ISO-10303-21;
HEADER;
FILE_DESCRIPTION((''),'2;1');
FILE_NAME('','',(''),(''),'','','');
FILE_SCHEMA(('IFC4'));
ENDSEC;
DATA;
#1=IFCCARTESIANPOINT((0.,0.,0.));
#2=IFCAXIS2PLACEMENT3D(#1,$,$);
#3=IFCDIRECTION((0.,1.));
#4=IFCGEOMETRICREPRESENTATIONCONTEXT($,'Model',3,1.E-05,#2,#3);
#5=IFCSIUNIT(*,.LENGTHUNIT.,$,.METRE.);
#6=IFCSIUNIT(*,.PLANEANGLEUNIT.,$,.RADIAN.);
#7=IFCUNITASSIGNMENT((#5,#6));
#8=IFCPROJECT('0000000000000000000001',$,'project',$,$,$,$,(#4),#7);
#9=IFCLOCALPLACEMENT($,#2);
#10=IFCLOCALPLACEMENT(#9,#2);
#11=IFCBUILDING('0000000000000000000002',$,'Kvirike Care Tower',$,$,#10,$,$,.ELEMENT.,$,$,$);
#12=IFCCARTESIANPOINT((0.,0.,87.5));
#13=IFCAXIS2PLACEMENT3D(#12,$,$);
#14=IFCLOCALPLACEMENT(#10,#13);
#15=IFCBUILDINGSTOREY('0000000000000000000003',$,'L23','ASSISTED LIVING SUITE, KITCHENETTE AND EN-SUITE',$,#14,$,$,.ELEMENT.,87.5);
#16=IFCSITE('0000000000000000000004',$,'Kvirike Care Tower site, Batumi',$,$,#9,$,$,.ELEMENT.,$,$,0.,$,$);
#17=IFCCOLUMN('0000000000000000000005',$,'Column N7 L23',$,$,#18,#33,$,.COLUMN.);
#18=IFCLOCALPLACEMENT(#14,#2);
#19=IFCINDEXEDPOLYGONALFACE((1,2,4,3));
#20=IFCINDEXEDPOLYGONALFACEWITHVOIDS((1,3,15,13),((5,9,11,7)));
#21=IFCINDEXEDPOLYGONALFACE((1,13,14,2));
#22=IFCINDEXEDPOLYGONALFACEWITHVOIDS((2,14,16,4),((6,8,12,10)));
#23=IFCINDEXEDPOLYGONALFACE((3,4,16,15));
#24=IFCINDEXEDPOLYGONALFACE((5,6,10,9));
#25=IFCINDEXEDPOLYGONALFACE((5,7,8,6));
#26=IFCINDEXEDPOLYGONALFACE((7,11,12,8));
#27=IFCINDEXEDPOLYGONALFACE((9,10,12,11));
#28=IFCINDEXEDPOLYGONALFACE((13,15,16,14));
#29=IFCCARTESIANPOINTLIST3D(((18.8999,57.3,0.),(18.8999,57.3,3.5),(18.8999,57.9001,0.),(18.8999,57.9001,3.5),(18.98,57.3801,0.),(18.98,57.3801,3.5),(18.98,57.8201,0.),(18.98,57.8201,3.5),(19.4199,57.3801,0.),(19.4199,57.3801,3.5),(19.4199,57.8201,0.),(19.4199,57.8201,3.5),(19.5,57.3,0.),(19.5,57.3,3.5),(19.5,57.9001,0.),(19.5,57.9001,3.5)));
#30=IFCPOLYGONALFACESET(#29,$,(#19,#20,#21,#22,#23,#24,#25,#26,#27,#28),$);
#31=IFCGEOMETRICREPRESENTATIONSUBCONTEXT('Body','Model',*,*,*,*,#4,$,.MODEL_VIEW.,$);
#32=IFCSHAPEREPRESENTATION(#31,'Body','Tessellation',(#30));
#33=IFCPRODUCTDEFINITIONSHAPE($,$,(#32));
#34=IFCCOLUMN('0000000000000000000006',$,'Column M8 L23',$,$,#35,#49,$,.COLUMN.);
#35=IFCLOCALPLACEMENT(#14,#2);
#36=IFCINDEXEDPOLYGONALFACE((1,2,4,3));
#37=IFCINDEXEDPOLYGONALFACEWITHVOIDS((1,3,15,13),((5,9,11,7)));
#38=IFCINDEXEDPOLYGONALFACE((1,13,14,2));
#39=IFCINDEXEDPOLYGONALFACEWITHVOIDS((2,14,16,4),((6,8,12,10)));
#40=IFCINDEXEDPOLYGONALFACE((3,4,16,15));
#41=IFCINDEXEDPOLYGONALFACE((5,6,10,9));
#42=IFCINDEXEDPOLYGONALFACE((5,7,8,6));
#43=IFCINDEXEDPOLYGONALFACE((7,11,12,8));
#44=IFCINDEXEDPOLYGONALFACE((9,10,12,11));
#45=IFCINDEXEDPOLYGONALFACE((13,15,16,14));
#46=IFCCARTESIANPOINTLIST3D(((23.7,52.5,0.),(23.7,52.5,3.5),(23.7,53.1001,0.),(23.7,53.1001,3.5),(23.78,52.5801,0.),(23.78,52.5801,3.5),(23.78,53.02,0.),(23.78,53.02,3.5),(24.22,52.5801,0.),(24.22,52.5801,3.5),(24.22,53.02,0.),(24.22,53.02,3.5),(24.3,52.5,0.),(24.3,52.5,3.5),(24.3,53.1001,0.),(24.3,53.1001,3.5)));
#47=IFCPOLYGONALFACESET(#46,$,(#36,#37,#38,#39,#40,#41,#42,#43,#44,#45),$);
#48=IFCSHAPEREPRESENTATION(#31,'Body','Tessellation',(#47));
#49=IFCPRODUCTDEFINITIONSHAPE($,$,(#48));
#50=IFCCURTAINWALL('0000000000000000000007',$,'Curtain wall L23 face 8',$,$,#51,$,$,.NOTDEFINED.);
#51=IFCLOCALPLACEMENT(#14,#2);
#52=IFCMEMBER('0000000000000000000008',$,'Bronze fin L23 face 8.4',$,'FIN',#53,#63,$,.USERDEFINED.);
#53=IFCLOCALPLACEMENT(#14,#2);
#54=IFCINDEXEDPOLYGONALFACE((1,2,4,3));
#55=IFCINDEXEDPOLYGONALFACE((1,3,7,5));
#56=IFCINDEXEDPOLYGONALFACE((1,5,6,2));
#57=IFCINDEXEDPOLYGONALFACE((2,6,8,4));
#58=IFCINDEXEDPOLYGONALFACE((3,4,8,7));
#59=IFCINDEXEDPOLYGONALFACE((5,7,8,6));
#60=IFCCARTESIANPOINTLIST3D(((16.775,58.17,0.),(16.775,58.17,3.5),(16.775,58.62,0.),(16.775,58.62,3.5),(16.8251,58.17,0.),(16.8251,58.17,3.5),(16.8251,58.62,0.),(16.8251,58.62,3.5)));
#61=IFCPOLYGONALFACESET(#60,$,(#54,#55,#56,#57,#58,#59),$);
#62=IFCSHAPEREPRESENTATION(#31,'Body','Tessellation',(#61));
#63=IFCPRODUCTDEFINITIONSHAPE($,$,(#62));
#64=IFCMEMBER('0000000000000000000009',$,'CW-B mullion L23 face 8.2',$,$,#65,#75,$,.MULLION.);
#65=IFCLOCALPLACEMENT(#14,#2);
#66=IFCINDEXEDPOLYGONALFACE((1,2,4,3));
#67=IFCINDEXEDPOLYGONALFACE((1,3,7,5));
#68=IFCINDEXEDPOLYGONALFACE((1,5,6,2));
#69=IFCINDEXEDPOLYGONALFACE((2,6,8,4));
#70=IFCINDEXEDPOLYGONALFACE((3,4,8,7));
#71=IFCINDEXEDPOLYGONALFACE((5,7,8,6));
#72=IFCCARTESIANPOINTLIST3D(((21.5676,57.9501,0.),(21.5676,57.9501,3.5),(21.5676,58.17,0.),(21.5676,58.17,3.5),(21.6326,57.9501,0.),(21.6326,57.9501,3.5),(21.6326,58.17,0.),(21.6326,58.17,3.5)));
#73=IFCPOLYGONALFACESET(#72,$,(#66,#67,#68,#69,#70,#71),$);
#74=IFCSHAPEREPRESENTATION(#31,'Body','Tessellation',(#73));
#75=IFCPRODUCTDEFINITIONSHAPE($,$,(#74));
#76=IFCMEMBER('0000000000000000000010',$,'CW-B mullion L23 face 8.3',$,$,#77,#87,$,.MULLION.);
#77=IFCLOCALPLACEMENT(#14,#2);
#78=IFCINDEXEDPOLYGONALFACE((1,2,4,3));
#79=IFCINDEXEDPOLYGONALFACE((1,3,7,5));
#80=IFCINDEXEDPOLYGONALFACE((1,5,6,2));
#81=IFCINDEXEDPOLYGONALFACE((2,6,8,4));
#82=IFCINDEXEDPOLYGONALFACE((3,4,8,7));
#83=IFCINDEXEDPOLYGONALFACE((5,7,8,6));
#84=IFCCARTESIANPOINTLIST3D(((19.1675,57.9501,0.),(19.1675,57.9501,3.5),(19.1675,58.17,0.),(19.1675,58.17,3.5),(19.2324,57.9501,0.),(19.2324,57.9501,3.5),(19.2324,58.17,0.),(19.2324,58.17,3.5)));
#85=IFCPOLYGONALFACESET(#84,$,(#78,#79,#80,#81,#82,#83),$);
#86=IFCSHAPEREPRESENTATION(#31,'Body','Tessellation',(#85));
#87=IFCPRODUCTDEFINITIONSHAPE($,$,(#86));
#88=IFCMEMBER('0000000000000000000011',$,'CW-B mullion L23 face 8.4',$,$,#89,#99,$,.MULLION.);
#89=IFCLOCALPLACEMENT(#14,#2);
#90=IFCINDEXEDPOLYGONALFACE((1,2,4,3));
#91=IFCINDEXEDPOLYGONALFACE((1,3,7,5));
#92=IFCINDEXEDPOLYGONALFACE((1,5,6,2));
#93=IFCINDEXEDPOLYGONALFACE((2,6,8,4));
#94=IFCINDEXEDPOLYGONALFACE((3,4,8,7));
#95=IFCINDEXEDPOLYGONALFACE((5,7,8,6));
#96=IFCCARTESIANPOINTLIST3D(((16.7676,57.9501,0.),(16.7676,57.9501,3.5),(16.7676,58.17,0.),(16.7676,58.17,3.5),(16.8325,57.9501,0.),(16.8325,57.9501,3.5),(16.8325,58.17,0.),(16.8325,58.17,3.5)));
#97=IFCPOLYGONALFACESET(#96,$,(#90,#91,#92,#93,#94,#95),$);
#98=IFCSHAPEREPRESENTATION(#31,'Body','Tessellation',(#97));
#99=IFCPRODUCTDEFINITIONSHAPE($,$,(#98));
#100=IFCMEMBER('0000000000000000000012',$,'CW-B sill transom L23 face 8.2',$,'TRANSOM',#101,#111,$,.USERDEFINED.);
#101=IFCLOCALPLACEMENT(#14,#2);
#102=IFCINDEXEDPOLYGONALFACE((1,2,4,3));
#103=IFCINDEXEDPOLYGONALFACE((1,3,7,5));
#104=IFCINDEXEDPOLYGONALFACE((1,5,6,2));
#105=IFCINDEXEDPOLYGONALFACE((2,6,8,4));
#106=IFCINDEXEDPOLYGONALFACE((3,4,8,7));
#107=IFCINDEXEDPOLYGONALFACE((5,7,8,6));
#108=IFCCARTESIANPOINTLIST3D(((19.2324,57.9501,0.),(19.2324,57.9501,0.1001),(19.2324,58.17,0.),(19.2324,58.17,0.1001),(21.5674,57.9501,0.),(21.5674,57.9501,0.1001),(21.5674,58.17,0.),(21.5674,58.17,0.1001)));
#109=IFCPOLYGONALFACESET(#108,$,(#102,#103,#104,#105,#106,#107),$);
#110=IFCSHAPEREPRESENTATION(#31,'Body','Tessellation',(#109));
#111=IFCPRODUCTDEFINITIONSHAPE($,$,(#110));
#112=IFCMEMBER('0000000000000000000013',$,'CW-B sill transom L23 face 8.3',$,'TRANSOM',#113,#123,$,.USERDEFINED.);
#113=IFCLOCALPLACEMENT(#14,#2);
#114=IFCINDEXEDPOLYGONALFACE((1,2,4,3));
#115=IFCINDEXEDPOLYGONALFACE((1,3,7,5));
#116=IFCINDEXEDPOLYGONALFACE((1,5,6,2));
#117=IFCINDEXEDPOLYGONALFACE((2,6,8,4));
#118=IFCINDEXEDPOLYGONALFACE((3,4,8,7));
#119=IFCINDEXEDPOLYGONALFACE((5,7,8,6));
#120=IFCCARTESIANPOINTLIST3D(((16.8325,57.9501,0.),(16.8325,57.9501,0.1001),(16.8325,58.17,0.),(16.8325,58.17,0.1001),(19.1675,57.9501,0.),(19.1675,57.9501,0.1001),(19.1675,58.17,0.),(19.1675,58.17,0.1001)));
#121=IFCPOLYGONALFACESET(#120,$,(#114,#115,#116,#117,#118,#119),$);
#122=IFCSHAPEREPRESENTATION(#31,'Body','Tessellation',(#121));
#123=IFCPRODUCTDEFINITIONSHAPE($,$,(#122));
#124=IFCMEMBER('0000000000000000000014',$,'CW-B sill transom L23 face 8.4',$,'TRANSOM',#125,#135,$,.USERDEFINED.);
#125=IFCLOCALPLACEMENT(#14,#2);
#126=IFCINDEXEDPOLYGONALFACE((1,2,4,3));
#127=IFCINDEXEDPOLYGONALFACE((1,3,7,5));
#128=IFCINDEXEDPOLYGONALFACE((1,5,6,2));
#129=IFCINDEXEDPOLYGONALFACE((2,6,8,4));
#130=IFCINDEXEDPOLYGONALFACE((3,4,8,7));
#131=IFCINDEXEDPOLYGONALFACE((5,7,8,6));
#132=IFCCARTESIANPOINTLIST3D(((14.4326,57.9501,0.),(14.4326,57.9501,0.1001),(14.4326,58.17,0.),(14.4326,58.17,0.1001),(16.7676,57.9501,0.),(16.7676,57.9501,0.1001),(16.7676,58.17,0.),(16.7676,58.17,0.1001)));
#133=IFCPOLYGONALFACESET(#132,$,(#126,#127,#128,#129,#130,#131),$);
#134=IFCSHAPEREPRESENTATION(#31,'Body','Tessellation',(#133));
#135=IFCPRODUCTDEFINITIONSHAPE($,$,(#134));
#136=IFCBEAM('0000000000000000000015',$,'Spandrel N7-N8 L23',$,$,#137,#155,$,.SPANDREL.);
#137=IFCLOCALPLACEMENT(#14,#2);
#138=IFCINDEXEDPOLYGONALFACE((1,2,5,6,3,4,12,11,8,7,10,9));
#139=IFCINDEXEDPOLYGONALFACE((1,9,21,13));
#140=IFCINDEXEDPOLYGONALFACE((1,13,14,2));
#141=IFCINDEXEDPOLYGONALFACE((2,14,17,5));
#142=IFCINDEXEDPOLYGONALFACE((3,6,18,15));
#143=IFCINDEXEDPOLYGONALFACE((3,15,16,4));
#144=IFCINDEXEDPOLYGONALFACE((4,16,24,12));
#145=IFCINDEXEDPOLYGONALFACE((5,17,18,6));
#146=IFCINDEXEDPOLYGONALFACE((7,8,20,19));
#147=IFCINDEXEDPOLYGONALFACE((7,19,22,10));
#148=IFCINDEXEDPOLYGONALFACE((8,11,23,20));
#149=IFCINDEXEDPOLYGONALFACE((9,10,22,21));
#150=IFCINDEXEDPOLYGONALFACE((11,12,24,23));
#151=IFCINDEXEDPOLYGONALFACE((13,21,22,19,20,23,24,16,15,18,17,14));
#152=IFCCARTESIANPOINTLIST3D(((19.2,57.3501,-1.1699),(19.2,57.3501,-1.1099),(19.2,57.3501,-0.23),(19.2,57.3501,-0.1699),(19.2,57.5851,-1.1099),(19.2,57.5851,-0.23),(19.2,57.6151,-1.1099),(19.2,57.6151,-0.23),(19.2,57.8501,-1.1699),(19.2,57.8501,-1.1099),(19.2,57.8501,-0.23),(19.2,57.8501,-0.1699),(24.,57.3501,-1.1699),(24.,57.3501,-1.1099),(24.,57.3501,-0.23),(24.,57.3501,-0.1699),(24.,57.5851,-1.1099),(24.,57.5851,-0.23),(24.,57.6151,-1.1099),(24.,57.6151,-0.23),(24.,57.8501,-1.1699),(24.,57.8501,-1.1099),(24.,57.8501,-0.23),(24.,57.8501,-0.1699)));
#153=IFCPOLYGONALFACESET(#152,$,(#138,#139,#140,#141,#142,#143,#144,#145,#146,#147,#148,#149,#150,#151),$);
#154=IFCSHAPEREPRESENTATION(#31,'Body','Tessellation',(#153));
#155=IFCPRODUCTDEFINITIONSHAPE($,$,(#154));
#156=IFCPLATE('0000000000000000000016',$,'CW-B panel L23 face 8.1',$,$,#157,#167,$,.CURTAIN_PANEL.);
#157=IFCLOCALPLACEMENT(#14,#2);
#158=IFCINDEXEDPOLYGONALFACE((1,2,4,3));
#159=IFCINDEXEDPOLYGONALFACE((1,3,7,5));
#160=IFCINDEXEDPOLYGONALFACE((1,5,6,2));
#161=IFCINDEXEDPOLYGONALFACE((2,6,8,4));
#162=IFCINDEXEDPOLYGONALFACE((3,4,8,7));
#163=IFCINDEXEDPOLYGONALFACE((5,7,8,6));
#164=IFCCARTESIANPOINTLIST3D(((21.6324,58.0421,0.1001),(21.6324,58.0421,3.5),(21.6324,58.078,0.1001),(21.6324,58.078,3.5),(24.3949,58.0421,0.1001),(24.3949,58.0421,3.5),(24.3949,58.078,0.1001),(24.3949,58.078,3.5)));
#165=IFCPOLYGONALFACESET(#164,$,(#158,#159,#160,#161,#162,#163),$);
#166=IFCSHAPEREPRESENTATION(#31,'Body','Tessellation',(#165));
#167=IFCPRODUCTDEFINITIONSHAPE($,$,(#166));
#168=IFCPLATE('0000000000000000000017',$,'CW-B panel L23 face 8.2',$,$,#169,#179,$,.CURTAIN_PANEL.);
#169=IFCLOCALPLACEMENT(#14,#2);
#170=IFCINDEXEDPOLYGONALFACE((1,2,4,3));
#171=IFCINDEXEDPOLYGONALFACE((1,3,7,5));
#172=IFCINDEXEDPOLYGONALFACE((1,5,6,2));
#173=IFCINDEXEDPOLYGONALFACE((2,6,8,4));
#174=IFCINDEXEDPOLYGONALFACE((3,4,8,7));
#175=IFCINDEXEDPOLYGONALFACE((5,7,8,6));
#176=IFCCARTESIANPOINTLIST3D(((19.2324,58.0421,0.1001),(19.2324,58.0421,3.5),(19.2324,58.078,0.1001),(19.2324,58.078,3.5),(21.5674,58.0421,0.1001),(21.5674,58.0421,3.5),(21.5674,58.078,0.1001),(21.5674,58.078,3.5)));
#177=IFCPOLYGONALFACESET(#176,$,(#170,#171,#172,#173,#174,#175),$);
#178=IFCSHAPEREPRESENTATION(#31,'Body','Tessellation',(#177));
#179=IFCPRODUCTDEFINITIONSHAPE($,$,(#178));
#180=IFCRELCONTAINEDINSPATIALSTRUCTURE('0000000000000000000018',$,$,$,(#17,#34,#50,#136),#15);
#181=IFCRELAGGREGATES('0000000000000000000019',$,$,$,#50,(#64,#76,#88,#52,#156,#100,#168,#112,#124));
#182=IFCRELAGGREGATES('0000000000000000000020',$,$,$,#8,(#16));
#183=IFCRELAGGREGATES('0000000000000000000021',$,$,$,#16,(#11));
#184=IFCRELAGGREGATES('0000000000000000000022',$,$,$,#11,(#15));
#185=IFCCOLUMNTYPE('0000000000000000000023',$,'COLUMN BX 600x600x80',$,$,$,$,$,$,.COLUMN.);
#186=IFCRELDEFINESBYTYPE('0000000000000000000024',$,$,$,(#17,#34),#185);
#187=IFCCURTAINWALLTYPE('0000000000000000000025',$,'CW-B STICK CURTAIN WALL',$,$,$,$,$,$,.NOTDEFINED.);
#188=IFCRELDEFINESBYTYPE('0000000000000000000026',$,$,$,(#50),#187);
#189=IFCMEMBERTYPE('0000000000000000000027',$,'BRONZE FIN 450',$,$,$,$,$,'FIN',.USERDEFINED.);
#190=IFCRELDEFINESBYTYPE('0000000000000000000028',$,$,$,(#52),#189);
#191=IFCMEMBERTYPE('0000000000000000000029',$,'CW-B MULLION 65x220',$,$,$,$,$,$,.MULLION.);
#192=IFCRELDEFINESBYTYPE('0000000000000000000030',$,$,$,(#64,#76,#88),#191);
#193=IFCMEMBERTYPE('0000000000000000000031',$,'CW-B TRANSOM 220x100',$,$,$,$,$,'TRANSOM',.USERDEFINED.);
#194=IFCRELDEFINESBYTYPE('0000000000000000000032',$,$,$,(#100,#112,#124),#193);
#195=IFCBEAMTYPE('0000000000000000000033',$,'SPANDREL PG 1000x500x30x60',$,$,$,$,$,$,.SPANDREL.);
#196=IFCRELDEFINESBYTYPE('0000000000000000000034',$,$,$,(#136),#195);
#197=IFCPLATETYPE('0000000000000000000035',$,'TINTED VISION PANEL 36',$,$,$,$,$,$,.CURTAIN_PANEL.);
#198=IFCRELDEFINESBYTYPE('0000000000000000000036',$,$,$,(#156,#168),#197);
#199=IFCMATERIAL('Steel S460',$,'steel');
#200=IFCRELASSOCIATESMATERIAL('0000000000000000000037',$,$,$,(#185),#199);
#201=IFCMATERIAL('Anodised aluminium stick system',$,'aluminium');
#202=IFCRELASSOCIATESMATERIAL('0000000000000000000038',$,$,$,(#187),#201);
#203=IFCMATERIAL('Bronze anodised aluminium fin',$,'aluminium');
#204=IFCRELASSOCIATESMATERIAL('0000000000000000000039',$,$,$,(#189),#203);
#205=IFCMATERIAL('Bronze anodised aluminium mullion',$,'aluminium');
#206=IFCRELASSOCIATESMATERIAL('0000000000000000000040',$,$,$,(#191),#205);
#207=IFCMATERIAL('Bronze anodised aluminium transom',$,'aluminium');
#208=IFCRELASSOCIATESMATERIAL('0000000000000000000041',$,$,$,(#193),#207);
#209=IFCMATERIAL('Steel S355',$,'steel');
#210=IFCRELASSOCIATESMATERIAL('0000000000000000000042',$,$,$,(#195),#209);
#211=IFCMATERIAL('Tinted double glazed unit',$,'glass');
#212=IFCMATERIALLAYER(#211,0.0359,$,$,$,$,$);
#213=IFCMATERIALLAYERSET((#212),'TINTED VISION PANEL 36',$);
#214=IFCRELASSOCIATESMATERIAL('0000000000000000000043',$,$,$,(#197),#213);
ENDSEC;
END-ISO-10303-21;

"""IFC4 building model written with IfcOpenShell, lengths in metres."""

from ifc_helpers import new_model, si_unit, direction, frame, origin, origin_2d, place, context, subcontext, project, spatial, rectangle, hollow_rectangle, i_section, extrude, material, layer, layer_set, material_profile, profile_set, type_object, element, aggregate, save


model = new_model("IFC4")

# Units and contexts
model_context = context("Model", 3, precision=1e-05, world=origin(), true_north=direction((0.0, 1.0)))
body_context = subcontext(model_context, "Body", "Model", "MODEL_VIEW")
ifc_project = project(units=[si_unit("LENGTHUNIT", "METRE"), si_unit("PLANEANGLEUNIT", "RADIAN")], contexts=[model_context])

# Site, building, storey
site_placement = place(None, origin())
site = spatial("IfcSite", under=ifc_project, at=site_placement, Name="Kvirike Care Tower site, Batumi", CompositionType="ELEMENT", RefElevation=0.0)
building_placement = place(site_placement, origin())
building = spatial("IfcBuilding", under=site, at=building_placement, Name="Kvirike Care Tower", CompositionType="ELEMENT")
storey_placement = place(building_placement, frame((0.0, 0.0, 87.5)))
storey = spatial("IfcBuildingStorey", under=building, at=storey_placement, Name="L23", Description="ASSISTED LIVING SUITE, KITCHENETTE AND EN-SUITE", CompositionType="ELEMENT", Elevation=87.5)

# Columns
ifc_material_1 = material(Name="Steel S460", Category="steel")
ifc_material_profile_1 = material_profile(ifc_material_1, hollow_rectangle(XDim=0.6001, YDim=0.6001, WallThickness=0.0801, at=origin_2d()), Name="BX 600x600x80")
ifc_profile_set_1 = profile_set([ifc_material_profile_1], Name="Steel S460")
column_type = type_object("IfcColumnType", Name="COLUMN BX 600x600x80", PredefinedType="COLUMN", material=ifc_profile_set_1)
for number, where, z_axis, x_axis, name in (
    (1, (19.2, 57.6001, 0.0), (0.0, 0.0, 1.0), (0.0, 1.0, 0.0), "Column N7 L23"),
    (2, (24.0, 52.8, 0.0), (0.0, 0.0, 1.0), (0.0, 1.0, 0.0), "Column M8 L23"),
):
    element("IfcColumn", number, at=place(storey_placement, frame(where, z_axis=z_axis, x_axis=x_axis)), inside=storey, type_object=column_type, Name=name, PredefinedType="COLUMN", context=body_context, shape_type="SweptSolid", body=[
        extrude(hollow_rectangle(XDim=0.6001, YDim=0.6001, WallThickness=0.0801, at=origin_2d()), origin(), (0.0, 0.0, 1.0), 3.5),
    ])

# Curtain wall, members
ifc_material_2 = material(Name="Anodised aluminium stick system", Category="aluminium")
curtain_wall_type = type_object("IfcCurtainWallType", Name="CW-B STICK CURTAIN WALL", PredefinedType="NOTDEFINED", material=ifc_material_2)
curtain_wall_placement = place(storey_placement, origin())
curtain_wall = element("IfcCurtainWall", 3, at=curtain_wall_placement, inside=storey, type_object=curtain_wall_type, Name="Curtain wall L23 face 8", PredefinedType="NOTDEFINED")
ifc_material_3 = material(Name="Bronze anodised aluminium fin", Category="aluminium")
ifc_material_profile_2 = material_profile(ifc_material_3, rectangle(XDim=0.05, YDim=0.45, at=origin_2d()), Name="BRONZE FIN 450")
ifc_profile_set_2 = profile_set([ifc_material_profile_2], Name="Bronze anodised aluminium fin")
member_type_1 = type_object("IfcMemberType", Name="BRONZE FIN 450", ElementType="FIN", PredefinedType="USERDEFINED", material=ifc_profile_set_2)
member_1_placement = place(storey_placement, frame((16.8, 58.395, 0.0), z_axis=(0.0, 0.0, 1.0), x_axis=(-1.0, 0.0, 0.0)))
member_1 = element("IfcMember", 4, at=member_1_placement, type_object=member_type_1, Name="Bronze fin L23 face 8.4", ObjectType="FIN", PredefinedType="USERDEFINED", context=body_context, shape_type="SweptSolid", body=[
    extrude(rectangle(XDim=0.05, YDim=0.45, at=origin_2d()), origin(), (0.0, 0.0, 1.0), 3.5),
])
ifc_material_4 = material(Name="Bronze anodised aluminium mullion", Category="aluminium")
ifc_material_profile_3 = material_profile(ifc_material_4, rectangle(XDim=0.0649, YDim=0.22, at=origin_2d()), Name="CW-B MULLION 65x220")
ifc_profile_set_3 = profile_set([ifc_material_profile_3], Name="Bronze anodised aluminium mullion")
member_type_2 = type_object("IfcMemberType", Name="CW-B MULLION 65x220", PredefinedType="MULLION", material=ifc_profile_set_3)
member_2_placement = place(storey_placement, frame((21.6001, 58.0601, 0.0), z_axis=(0.0, 0.0, 1.0), x_axis=(-1.0, 0.0, 0.0)))
member_2 = element("IfcMember", 5, at=member_2_placement, type_object=member_type_2, Name="CW-B mullion L23 face 8.2", PredefinedType="MULLION", context=body_context, shape_type="SweptSolid", body=[
    extrude(rectangle(XDim=0.0649, YDim=0.22, at=origin_2d()), origin(), (0.0, 0.0, 1.0), 3.5),
])
member_3_placement = place(storey_placement, frame((19.2, 58.0601, 0.0), z_axis=(0.0, 0.0, 1.0), x_axis=(-1.0, 0.0, 0.0)))
member_3 = element("IfcMember", 6, at=member_3_placement, type_object=member_type_2, Name="CW-B mullion L23 face 8.3", PredefinedType="MULLION", context=body_context, shape_type="SweptSolid", body=[
    extrude(rectangle(XDim=0.0649, YDim=0.22, at=origin_2d()), origin(), (0.0, 0.0, 1.0), 3.5),
])
member_4_placement = place(storey_placement, frame((16.8, 58.0601, 0.0), z_axis=(0.0, 0.0, 1.0), x_axis=(-1.0, 0.0, 0.0)))
member_4 = element("IfcMember", 7, at=member_4_placement, type_object=member_type_2, Name="CW-B mullion L23 face 8.4", PredefinedType="MULLION", context=body_context, shape_type="SweptSolid", body=[
    extrude(rectangle(XDim=0.0649, YDim=0.22, at=origin_2d()), origin(), (0.0, 0.0, 1.0), 3.5),
])
ifc_material_5 = material(Name="Bronze anodised aluminium transom", Category="aluminium")
ifc_material_profile_4 = material_profile(ifc_material_5, rectangle(XDim=0.22, YDim=0.1001, at=origin_2d()), Name="CW-B TRANSOM 220x100")
ifc_profile_set_4 = profile_set([ifc_material_profile_4], Name="Bronze anodised aluminium transom")
member_type_3 = type_object("IfcMemberType", Name="CW-B TRANSOM 220x100", ElementType="TRANSOM", PredefinedType="USERDEFINED", material=ifc_profile_set_4)
member_5_placement = place(storey_placement, frame((21.5674, 58.0601, 0.05), z_axis=(-1.0, 0.0, 0.0), x_axis=(0.0, -1.0, 0.0)))
member_5 = element("IfcMember", 8, at=member_5_placement, type_object=member_type_3, Name="CW-B sill transom L23 face 8.2", ObjectType="TRANSOM", PredefinedType="USERDEFINED", context=body_context, shape_type="SweptSolid", body=[
    extrude(rectangle(XDim=0.22, YDim=0.1001, at=origin_2d()), origin(), (0.0, 0.0, 1.0), 2.335),
])
member_6_placement = place(storey_placement, frame((19.1675, 58.0601, 0.05), z_axis=(-1.0, 0.0, 0.0), x_axis=(0.0, -1.0, 0.0)))
member_6 = element("IfcMember", 9, at=member_6_placement, type_object=member_type_3, Name="CW-B sill transom L23 face 8.3", ObjectType="TRANSOM", PredefinedType="USERDEFINED", context=body_context, shape_type="SweptSolid", body=[
    extrude(rectangle(XDim=0.22, YDim=0.1001, at=origin_2d()), origin(), (0.0, 0.0, 1.0), 2.335),
])
member_7_placement = place(storey_placement, frame((16.7676, 58.0601, 0.05), z_axis=(-1.0, 0.0, 0.0), x_axis=(0.0, -1.0, 0.0)))
member_7 = element("IfcMember", 10, at=member_7_placement, type_object=member_type_3, Name="CW-B sill transom L23 face 8.4", ObjectType="TRANSOM", PredefinedType="USERDEFINED", context=body_context, shape_type="SweptSolid", body=[
    extrude(rectangle(XDim=0.22, YDim=0.1001, at=origin_2d()), origin(), (0.0, 0.0, 1.0), 2.335),
])

# Beam
ifc_material_6 = material(Name="Steel S355", Category="steel")
ifc_material_profile_5 = material_profile(ifc_material_6, i_section(OverallWidth=0.5, OverallDepth=1.0, WebThickness=0.03, FlangeThickness=0.0601, at=origin_2d()), Name="PG 1000x500x30x60")
ifc_profile_set_5 = profile_set([ifc_material_profile_5], Name="Steel S355")
beam_type = type_object("IfcBeamType", Name="SPANDREL PG 1000x500x30x60", PredefinedType="SPANDREL", material=ifc_profile_set_5)
beam_placement = place(storey_placement, frame((19.2, 57.6001, -0.6699), z_axis=(1.0, 0.0, 0.0), x_axis=(0.0, 1.0, 0.0)))
element("IfcBeam", 11, at=beam_placement, inside=storey, type_object=beam_type, Name="Spandrel N7-N8 L23", PredefinedType="SPANDREL", context=body_context, shape_type="SweptSolid", body=[
    extrude(i_section(OverallWidth=0.5, OverallDepth=1.0, WebThickness=0.03, FlangeThickness=0.0601, at=origin_2d()), origin(), (0.0, 0.0, 1.0), 4.8),
])

# Plates
ifc_material_7 = material(Name="Tinted double glazed unit", Category="glass")
ifc_layer_1 = layer(ifc_material_7, 0.0359)
ifc_layer_set_1 = layer_set([ifc_layer_1], Name="TINTED VISION PANEL 36")
plate_type = type_object("IfcPlateType", Name="TINTED VISION PANEL 36", PredefinedType="CURTAIN_PANEL", material=ifc_layer_set_1)
plate_1_placement = place(storey_placement, frame((23.0137, 58.0601, 0.1001), z_axis=(0.0, 0.0, 1.0), x_axis=(-1.0, 0.0, 0.0)))
plate_1 = element("IfcPlate", 12, at=plate_1_placement, type_object=plate_type, Name="CW-B panel L23 face 8.1", PredefinedType="CURTAIN_PANEL", context=body_context, shape_type="SweptSolid", body=[
    extrude(rectangle(XDim=2.7625, YDim=0.0359, at=origin_2d()), origin(), (0.0, 0.0, 1.0), 3.3999),
])
plate_2_placement = place(storey_placement, frame((20.3999, 58.0601, 0.1001), z_axis=(0.0, 0.0, 1.0), x_axis=(-1.0, 0.0, 0.0)))
plate_2 = element("IfcPlate", 13, at=plate_2_placement, type_object=plate_type, Name="CW-B panel L23 face 8.2", PredefinedType="CURTAIN_PANEL", context=body_context, shape_type="SweptSolid", body=[
    extrude(rectangle(XDim=2.335, YDim=0.0359, at=origin_2d()), origin(), (0.0, 0.0, 1.0), 3.3999),
])
aggregate(curtain_wall, [member_2, member_3, member_4, member_1, plate_1, member_5, plate_2, member_6, member_7])

save(model, "model.ifc")
